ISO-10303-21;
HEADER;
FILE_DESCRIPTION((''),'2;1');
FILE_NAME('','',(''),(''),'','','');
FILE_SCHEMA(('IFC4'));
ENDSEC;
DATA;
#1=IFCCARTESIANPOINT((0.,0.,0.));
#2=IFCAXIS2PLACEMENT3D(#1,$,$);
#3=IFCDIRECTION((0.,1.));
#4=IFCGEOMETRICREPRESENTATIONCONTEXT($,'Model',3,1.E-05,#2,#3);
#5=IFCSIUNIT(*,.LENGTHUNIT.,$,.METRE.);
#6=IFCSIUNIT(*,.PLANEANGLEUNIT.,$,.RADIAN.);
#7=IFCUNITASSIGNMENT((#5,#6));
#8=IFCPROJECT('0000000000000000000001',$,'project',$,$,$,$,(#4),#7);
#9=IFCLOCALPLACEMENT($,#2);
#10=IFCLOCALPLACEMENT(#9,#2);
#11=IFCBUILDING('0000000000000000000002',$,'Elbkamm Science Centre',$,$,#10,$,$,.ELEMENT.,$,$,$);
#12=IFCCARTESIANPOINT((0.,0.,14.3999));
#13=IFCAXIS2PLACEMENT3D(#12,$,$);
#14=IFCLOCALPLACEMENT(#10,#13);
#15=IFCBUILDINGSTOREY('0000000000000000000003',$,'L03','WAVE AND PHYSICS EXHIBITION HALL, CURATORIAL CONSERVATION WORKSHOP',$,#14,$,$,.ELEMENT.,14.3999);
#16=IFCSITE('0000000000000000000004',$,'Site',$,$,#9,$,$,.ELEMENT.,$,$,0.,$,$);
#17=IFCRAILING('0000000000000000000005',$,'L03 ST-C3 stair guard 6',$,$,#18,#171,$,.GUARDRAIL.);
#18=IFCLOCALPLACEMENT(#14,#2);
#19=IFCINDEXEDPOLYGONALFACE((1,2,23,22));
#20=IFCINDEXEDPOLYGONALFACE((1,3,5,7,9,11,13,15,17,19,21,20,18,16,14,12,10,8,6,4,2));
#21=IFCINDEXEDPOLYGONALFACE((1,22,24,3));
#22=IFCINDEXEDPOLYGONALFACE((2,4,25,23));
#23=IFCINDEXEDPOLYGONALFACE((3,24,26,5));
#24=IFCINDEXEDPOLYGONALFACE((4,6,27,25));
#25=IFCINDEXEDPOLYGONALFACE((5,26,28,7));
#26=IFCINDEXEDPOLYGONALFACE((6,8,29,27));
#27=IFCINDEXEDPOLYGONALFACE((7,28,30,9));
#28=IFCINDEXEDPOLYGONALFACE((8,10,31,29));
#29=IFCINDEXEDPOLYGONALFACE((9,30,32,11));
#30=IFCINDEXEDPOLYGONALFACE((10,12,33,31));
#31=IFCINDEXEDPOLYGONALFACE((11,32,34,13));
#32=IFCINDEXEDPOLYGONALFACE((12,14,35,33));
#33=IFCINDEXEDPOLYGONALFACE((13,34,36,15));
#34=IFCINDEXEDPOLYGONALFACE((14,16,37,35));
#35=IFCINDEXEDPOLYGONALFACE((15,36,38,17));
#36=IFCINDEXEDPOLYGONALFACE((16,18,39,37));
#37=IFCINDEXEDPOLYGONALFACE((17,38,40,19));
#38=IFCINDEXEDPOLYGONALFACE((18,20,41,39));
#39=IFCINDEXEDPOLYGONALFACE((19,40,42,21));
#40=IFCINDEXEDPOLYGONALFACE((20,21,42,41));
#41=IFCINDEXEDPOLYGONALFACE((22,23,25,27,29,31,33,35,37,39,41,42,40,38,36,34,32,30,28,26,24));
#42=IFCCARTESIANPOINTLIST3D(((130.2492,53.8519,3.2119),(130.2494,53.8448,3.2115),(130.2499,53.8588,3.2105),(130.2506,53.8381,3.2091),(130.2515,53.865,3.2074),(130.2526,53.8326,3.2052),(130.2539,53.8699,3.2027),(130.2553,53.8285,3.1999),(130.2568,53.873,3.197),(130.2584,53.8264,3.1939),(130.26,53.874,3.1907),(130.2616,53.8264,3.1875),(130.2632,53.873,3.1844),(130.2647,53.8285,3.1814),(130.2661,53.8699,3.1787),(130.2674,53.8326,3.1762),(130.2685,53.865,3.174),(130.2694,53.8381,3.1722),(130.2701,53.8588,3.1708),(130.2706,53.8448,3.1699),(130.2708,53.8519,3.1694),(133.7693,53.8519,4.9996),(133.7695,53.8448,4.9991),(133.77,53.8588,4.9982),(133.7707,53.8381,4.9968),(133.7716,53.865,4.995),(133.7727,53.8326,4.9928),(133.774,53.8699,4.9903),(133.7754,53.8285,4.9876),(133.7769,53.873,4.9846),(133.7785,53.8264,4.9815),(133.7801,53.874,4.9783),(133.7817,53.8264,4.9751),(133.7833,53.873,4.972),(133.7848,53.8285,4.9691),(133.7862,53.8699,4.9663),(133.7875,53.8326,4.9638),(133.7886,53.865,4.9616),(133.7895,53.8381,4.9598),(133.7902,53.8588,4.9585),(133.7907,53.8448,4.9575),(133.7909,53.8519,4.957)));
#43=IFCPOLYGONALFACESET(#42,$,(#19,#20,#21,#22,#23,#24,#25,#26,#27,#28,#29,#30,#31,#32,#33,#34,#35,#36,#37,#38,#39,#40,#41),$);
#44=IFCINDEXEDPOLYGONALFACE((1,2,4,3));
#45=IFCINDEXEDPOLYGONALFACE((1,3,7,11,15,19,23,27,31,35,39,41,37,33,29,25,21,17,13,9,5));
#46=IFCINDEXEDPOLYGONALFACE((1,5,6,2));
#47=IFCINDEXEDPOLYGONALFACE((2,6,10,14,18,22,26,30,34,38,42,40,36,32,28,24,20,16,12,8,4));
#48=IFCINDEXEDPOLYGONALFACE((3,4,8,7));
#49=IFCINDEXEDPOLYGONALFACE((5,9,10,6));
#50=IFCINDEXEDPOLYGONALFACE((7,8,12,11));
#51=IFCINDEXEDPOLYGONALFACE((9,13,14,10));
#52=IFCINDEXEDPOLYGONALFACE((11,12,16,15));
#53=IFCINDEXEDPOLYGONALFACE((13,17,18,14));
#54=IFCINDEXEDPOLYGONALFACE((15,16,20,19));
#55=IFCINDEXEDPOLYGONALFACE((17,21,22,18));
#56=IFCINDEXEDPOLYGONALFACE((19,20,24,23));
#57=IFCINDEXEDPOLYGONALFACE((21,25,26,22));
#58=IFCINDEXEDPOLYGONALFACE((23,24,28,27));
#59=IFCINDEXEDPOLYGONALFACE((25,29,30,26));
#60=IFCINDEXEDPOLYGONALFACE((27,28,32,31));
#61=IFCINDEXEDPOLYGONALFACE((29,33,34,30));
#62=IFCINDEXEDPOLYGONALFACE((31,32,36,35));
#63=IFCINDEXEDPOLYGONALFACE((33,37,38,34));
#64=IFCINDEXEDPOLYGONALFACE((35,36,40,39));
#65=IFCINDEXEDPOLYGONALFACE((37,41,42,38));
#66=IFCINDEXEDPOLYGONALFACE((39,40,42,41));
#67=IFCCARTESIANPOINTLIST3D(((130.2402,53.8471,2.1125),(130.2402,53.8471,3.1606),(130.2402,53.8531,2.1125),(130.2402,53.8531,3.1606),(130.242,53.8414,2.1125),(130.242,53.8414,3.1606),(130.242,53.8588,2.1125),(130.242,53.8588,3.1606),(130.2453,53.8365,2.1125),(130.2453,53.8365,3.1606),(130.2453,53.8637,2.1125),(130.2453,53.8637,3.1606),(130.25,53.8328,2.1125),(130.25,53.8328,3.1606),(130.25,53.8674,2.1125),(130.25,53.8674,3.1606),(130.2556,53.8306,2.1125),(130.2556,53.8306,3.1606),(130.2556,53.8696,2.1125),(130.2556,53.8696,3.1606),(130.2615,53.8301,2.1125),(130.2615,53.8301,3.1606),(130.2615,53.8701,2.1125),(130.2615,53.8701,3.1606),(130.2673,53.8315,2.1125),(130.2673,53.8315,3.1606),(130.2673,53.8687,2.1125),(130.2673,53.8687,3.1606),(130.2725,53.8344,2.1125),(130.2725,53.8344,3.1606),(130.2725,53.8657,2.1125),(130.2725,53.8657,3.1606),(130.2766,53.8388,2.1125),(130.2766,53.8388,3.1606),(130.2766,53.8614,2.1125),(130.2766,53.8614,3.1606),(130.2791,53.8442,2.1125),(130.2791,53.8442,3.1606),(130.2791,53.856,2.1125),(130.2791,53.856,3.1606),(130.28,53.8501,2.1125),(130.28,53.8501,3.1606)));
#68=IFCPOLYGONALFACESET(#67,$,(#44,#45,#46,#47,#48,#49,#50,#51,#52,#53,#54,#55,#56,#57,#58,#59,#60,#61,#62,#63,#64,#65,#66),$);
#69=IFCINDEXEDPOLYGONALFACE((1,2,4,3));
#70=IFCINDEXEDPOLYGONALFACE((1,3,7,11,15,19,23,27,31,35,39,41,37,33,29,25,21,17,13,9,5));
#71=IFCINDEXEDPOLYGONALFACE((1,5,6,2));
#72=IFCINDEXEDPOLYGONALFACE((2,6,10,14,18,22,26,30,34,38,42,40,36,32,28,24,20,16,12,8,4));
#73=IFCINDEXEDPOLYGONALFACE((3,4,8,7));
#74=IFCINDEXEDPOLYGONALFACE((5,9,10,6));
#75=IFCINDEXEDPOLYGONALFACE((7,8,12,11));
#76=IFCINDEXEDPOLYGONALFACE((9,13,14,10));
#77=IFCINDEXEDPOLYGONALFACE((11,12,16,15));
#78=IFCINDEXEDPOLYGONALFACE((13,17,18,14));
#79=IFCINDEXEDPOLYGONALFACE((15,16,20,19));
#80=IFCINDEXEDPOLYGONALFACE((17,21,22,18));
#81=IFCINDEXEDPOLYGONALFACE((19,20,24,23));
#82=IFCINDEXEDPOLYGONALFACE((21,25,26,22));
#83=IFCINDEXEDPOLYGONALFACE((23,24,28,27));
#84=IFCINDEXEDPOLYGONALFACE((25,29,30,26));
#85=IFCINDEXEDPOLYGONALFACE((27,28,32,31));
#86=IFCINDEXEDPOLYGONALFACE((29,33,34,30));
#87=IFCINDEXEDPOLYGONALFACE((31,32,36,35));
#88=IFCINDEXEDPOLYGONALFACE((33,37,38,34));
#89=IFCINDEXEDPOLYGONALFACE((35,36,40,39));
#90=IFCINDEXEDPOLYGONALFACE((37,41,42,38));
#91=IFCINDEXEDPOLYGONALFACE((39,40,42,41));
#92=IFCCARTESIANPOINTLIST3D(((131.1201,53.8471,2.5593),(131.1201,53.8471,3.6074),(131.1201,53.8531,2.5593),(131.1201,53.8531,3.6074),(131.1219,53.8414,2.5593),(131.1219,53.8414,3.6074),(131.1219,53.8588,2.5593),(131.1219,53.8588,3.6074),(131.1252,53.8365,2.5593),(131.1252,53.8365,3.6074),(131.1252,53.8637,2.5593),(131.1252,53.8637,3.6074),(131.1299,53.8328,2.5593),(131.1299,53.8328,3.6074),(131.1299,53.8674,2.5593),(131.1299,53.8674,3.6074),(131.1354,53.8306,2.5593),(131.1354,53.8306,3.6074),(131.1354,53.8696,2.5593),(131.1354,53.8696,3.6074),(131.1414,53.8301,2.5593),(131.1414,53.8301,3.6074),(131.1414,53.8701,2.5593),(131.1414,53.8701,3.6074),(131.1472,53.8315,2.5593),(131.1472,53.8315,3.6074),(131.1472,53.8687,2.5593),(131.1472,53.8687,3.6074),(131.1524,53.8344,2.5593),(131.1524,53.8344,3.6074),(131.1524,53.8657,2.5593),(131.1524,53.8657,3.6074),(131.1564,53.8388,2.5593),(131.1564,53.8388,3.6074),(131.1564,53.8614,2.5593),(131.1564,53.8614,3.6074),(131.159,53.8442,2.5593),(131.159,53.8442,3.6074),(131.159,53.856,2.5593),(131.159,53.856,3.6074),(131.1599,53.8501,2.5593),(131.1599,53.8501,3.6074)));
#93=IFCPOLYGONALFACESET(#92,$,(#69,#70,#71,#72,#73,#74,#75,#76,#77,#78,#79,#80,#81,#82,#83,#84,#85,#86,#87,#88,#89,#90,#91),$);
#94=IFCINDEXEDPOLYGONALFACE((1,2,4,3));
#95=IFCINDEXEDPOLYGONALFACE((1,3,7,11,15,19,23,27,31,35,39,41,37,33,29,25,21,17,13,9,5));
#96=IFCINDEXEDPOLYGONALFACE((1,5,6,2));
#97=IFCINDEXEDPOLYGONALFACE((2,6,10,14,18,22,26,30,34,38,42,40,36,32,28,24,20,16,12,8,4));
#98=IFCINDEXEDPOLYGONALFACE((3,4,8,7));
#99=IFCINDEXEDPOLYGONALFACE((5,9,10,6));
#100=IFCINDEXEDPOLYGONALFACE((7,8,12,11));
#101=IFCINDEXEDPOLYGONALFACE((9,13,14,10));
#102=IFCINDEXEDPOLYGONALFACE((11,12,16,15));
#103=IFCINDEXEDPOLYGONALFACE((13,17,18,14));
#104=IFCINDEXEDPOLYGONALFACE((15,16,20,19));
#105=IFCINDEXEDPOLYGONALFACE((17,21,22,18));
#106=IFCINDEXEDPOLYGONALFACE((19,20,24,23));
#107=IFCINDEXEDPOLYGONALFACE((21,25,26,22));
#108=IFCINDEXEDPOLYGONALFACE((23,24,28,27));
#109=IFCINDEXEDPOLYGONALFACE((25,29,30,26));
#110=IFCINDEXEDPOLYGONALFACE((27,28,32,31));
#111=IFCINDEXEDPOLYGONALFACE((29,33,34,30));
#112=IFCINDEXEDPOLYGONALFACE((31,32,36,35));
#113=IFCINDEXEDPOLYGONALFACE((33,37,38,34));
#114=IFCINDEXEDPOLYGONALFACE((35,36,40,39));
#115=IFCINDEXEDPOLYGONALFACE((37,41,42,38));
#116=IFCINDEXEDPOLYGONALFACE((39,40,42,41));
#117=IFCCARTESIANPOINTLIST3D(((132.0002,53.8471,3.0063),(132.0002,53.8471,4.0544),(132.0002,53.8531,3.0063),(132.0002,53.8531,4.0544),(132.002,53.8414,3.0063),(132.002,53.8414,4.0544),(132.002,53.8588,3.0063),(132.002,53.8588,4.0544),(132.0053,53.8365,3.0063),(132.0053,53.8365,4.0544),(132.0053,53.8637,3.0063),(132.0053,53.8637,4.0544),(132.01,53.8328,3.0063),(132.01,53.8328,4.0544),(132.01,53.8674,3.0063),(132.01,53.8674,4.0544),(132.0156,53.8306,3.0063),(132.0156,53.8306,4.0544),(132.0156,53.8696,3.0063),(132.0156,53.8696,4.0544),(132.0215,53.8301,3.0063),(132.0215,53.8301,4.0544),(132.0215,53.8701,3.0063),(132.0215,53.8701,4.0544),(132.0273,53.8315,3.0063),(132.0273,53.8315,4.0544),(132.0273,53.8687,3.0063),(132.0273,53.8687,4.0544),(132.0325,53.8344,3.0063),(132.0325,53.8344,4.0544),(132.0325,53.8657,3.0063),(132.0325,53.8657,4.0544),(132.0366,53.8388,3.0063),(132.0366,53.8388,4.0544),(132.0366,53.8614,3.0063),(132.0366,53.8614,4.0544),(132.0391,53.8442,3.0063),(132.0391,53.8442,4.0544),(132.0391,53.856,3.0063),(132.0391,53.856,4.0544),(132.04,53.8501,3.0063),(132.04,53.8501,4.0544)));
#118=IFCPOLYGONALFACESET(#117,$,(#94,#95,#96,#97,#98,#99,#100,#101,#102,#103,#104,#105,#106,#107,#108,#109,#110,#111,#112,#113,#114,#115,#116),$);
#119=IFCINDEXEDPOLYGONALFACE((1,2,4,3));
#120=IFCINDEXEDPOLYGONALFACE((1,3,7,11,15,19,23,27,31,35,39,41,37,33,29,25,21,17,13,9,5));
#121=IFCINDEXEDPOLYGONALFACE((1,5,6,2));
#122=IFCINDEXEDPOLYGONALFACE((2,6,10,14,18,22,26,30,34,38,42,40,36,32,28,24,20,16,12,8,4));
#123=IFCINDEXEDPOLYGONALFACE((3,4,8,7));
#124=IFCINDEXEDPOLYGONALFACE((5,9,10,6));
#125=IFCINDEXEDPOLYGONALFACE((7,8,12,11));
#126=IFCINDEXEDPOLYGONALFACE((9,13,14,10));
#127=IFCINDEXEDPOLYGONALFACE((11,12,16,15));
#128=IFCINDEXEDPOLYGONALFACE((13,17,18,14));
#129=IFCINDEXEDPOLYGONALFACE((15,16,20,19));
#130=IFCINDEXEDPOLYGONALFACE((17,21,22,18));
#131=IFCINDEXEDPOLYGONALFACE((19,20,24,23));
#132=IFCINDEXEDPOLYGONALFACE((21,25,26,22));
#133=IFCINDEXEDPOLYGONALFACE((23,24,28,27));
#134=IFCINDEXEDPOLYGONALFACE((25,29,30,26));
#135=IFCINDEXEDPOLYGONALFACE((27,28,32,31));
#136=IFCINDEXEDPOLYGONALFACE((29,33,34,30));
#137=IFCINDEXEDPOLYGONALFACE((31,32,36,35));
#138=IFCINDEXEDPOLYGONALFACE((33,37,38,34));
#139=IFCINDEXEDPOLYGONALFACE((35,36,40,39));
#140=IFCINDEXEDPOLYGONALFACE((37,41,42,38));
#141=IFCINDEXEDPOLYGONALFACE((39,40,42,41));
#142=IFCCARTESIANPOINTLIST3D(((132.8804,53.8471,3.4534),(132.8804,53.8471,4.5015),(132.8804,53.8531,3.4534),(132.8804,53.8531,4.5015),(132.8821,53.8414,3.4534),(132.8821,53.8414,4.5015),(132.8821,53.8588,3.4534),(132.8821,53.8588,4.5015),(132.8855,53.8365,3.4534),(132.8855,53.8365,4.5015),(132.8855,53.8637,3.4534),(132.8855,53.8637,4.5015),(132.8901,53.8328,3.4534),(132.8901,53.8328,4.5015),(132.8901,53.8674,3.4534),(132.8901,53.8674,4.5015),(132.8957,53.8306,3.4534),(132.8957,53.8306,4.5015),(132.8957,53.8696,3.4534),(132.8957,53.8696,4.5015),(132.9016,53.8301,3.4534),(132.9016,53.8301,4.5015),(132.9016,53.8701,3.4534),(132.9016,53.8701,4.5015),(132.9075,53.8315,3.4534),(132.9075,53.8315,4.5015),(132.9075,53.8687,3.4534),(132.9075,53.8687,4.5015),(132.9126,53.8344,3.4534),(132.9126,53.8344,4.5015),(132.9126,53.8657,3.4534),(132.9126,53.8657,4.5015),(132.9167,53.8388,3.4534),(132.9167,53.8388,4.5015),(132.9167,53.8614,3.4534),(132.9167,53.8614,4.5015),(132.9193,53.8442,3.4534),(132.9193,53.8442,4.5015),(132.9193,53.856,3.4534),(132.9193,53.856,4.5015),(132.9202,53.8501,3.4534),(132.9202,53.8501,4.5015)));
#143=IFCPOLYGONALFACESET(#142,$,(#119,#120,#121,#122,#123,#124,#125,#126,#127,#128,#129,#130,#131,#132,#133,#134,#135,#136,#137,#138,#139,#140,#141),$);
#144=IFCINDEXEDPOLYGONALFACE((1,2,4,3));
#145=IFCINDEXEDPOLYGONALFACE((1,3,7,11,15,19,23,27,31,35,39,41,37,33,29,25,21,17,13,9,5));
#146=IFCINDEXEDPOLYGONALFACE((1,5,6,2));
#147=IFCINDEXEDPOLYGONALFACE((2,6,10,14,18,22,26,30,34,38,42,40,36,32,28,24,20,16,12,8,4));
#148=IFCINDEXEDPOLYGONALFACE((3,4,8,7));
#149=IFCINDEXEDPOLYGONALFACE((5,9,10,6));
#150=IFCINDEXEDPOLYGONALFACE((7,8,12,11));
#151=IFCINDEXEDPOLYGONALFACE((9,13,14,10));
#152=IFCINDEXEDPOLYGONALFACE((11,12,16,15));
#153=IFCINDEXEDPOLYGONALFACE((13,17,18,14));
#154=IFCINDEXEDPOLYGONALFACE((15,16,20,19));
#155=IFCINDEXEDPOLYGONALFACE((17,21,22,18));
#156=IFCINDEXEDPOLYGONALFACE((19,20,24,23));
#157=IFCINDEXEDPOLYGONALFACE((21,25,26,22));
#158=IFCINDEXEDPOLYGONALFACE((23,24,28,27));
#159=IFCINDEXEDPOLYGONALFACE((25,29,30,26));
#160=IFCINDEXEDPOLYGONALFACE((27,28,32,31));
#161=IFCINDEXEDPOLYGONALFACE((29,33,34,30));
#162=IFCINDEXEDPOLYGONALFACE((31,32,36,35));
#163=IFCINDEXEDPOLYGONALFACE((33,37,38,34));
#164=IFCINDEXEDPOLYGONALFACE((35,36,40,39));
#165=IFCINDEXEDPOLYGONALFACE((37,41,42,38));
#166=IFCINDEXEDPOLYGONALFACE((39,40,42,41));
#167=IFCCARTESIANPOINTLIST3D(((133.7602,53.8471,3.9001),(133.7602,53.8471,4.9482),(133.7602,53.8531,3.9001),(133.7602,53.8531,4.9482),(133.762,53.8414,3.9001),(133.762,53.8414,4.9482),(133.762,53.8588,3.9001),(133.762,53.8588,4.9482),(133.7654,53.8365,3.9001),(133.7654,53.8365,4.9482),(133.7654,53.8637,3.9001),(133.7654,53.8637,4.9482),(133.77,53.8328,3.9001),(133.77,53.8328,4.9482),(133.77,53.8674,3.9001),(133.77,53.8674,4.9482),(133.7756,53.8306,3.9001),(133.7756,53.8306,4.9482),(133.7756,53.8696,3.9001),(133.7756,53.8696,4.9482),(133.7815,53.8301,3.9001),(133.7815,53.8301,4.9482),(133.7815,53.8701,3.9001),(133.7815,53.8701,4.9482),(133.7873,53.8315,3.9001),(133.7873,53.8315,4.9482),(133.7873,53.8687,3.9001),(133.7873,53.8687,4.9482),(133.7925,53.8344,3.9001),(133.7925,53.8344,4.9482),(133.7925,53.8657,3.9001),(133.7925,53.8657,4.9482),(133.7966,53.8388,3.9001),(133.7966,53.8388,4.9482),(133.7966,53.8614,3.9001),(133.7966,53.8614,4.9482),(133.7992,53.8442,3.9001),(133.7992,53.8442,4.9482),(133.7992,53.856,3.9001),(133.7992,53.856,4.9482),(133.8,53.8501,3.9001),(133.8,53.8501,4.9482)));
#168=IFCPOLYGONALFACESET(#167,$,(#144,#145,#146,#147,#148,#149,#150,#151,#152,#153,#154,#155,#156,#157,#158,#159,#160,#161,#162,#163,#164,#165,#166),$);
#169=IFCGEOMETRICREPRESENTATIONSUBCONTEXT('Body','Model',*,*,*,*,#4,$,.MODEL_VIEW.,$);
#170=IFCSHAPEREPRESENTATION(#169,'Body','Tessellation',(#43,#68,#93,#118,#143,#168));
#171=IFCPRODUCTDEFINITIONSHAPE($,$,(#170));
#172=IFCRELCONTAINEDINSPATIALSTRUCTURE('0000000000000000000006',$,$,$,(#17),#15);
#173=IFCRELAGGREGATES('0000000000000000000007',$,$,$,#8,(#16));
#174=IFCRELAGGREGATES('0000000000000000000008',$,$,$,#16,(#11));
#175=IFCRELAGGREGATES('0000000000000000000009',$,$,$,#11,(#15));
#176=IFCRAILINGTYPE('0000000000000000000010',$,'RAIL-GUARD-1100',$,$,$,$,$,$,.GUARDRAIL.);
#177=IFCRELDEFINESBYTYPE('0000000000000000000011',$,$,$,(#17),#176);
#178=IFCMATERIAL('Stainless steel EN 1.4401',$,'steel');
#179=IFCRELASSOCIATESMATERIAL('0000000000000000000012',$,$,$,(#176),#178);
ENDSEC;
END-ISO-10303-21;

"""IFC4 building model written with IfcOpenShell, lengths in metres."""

from ifc_helpers import new_model, si_unit, direction, frame, origin, origin_2d, place, context, subcontext, project, spatial, circle, extrude, material, type_object, element, save


model = new_model("IFC4")

# Units and contexts
model_context = context("Model", 3, precision=1e-05, world=origin(), true_north=direction((0.0, 1.0)))
body_context = subcontext(model_context, "Body", "Model", "MODEL_VIEW")
ifc_project = project(units=[si_unit("LENGTHUNIT", "METRE"), si_unit("PLANEANGLEUNIT", "RADIAN")], contexts=[model_context])

# Site, building, storey
site_placement = place(None, origin())
site = spatial("IfcSite", under=ifc_project, at=site_placement, Name="Site", CompositionType="ELEMENT", RefElevation=0.0)
building_placement = place(site_placement, origin())
building = spatial("IfcBuilding", under=site, at=building_placement, Name="Elbkamm Science Centre", CompositionType="ELEMENT")
storey_placement = place(building_placement, frame((0.0, 0.0, 14.3999)))
storey = spatial("IfcBuildingStorey", under=building, at=storey_placement, Name="L03", Description="WAVE AND PHYSICS EXHIBITION HALL, CURATORIAL CONSERVATION WORKSHOP", CompositionType="ELEMENT", Elevation=14.3999)

# Railing
ifc_material_1 = material(Name="Stainless steel EN 1.4401", Category="steel")
railing_type_1 = type_object("IfcRailingType", Name="RAIL-GUARD-1100", PredefinedType="GUARDRAIL", material=ifc_material_1)
railing_1_placement = place(storey_placement, frame((130.26, 53.8501, 2.1125)))
element("IfcRailing", 1, at=railing_1_placement, inside=storey, type_object=railing_type_1, Name="L03 ST-C3 stair guard 6", PredefinedType="GUARDRAIL", context=body_context, shape_type="SweptSolid", body=[
    extrude(circle(Radius=0.0239, at=origin_2d()), frame((0.0, 0.0, 1.0781), z_axis=(0.891615, 0.0, 0.452795), x_axis=(0.0, 1.0, 0.0)), (0.0, 0.0, 1.0), 3.948),
    extrude(circle(Radius=0.02, at=origin_2d()), origin(), (0.0, 0.0, 1.0), 1.0481),
    extrude(circle(Radius=0.02, at=origin_2d()), frame((0.8799, 0.0, 0.4468)), (0.0, 0.0, 1.0), 1.0481),
    extrude(circle(Radius=0.02, at=origin_2d()), frame((1.76, 0.0, 0.8938)), (0.0, 0.0, 1.0), 1.0481),
    extrude(circle(Radius=0.02, at=origin_2d()), frame((2.6401, 0.0, 1.3408)), (0.0, 0.0, 1.0), 1.0481),
    extrude(circle(Radius=0.02, at=origin_2d()), frame((3.52, 0.0, 1.7876)), (0.0, 0.0, 1.0), 1.0481),
])

save(model, "model.ifc")
